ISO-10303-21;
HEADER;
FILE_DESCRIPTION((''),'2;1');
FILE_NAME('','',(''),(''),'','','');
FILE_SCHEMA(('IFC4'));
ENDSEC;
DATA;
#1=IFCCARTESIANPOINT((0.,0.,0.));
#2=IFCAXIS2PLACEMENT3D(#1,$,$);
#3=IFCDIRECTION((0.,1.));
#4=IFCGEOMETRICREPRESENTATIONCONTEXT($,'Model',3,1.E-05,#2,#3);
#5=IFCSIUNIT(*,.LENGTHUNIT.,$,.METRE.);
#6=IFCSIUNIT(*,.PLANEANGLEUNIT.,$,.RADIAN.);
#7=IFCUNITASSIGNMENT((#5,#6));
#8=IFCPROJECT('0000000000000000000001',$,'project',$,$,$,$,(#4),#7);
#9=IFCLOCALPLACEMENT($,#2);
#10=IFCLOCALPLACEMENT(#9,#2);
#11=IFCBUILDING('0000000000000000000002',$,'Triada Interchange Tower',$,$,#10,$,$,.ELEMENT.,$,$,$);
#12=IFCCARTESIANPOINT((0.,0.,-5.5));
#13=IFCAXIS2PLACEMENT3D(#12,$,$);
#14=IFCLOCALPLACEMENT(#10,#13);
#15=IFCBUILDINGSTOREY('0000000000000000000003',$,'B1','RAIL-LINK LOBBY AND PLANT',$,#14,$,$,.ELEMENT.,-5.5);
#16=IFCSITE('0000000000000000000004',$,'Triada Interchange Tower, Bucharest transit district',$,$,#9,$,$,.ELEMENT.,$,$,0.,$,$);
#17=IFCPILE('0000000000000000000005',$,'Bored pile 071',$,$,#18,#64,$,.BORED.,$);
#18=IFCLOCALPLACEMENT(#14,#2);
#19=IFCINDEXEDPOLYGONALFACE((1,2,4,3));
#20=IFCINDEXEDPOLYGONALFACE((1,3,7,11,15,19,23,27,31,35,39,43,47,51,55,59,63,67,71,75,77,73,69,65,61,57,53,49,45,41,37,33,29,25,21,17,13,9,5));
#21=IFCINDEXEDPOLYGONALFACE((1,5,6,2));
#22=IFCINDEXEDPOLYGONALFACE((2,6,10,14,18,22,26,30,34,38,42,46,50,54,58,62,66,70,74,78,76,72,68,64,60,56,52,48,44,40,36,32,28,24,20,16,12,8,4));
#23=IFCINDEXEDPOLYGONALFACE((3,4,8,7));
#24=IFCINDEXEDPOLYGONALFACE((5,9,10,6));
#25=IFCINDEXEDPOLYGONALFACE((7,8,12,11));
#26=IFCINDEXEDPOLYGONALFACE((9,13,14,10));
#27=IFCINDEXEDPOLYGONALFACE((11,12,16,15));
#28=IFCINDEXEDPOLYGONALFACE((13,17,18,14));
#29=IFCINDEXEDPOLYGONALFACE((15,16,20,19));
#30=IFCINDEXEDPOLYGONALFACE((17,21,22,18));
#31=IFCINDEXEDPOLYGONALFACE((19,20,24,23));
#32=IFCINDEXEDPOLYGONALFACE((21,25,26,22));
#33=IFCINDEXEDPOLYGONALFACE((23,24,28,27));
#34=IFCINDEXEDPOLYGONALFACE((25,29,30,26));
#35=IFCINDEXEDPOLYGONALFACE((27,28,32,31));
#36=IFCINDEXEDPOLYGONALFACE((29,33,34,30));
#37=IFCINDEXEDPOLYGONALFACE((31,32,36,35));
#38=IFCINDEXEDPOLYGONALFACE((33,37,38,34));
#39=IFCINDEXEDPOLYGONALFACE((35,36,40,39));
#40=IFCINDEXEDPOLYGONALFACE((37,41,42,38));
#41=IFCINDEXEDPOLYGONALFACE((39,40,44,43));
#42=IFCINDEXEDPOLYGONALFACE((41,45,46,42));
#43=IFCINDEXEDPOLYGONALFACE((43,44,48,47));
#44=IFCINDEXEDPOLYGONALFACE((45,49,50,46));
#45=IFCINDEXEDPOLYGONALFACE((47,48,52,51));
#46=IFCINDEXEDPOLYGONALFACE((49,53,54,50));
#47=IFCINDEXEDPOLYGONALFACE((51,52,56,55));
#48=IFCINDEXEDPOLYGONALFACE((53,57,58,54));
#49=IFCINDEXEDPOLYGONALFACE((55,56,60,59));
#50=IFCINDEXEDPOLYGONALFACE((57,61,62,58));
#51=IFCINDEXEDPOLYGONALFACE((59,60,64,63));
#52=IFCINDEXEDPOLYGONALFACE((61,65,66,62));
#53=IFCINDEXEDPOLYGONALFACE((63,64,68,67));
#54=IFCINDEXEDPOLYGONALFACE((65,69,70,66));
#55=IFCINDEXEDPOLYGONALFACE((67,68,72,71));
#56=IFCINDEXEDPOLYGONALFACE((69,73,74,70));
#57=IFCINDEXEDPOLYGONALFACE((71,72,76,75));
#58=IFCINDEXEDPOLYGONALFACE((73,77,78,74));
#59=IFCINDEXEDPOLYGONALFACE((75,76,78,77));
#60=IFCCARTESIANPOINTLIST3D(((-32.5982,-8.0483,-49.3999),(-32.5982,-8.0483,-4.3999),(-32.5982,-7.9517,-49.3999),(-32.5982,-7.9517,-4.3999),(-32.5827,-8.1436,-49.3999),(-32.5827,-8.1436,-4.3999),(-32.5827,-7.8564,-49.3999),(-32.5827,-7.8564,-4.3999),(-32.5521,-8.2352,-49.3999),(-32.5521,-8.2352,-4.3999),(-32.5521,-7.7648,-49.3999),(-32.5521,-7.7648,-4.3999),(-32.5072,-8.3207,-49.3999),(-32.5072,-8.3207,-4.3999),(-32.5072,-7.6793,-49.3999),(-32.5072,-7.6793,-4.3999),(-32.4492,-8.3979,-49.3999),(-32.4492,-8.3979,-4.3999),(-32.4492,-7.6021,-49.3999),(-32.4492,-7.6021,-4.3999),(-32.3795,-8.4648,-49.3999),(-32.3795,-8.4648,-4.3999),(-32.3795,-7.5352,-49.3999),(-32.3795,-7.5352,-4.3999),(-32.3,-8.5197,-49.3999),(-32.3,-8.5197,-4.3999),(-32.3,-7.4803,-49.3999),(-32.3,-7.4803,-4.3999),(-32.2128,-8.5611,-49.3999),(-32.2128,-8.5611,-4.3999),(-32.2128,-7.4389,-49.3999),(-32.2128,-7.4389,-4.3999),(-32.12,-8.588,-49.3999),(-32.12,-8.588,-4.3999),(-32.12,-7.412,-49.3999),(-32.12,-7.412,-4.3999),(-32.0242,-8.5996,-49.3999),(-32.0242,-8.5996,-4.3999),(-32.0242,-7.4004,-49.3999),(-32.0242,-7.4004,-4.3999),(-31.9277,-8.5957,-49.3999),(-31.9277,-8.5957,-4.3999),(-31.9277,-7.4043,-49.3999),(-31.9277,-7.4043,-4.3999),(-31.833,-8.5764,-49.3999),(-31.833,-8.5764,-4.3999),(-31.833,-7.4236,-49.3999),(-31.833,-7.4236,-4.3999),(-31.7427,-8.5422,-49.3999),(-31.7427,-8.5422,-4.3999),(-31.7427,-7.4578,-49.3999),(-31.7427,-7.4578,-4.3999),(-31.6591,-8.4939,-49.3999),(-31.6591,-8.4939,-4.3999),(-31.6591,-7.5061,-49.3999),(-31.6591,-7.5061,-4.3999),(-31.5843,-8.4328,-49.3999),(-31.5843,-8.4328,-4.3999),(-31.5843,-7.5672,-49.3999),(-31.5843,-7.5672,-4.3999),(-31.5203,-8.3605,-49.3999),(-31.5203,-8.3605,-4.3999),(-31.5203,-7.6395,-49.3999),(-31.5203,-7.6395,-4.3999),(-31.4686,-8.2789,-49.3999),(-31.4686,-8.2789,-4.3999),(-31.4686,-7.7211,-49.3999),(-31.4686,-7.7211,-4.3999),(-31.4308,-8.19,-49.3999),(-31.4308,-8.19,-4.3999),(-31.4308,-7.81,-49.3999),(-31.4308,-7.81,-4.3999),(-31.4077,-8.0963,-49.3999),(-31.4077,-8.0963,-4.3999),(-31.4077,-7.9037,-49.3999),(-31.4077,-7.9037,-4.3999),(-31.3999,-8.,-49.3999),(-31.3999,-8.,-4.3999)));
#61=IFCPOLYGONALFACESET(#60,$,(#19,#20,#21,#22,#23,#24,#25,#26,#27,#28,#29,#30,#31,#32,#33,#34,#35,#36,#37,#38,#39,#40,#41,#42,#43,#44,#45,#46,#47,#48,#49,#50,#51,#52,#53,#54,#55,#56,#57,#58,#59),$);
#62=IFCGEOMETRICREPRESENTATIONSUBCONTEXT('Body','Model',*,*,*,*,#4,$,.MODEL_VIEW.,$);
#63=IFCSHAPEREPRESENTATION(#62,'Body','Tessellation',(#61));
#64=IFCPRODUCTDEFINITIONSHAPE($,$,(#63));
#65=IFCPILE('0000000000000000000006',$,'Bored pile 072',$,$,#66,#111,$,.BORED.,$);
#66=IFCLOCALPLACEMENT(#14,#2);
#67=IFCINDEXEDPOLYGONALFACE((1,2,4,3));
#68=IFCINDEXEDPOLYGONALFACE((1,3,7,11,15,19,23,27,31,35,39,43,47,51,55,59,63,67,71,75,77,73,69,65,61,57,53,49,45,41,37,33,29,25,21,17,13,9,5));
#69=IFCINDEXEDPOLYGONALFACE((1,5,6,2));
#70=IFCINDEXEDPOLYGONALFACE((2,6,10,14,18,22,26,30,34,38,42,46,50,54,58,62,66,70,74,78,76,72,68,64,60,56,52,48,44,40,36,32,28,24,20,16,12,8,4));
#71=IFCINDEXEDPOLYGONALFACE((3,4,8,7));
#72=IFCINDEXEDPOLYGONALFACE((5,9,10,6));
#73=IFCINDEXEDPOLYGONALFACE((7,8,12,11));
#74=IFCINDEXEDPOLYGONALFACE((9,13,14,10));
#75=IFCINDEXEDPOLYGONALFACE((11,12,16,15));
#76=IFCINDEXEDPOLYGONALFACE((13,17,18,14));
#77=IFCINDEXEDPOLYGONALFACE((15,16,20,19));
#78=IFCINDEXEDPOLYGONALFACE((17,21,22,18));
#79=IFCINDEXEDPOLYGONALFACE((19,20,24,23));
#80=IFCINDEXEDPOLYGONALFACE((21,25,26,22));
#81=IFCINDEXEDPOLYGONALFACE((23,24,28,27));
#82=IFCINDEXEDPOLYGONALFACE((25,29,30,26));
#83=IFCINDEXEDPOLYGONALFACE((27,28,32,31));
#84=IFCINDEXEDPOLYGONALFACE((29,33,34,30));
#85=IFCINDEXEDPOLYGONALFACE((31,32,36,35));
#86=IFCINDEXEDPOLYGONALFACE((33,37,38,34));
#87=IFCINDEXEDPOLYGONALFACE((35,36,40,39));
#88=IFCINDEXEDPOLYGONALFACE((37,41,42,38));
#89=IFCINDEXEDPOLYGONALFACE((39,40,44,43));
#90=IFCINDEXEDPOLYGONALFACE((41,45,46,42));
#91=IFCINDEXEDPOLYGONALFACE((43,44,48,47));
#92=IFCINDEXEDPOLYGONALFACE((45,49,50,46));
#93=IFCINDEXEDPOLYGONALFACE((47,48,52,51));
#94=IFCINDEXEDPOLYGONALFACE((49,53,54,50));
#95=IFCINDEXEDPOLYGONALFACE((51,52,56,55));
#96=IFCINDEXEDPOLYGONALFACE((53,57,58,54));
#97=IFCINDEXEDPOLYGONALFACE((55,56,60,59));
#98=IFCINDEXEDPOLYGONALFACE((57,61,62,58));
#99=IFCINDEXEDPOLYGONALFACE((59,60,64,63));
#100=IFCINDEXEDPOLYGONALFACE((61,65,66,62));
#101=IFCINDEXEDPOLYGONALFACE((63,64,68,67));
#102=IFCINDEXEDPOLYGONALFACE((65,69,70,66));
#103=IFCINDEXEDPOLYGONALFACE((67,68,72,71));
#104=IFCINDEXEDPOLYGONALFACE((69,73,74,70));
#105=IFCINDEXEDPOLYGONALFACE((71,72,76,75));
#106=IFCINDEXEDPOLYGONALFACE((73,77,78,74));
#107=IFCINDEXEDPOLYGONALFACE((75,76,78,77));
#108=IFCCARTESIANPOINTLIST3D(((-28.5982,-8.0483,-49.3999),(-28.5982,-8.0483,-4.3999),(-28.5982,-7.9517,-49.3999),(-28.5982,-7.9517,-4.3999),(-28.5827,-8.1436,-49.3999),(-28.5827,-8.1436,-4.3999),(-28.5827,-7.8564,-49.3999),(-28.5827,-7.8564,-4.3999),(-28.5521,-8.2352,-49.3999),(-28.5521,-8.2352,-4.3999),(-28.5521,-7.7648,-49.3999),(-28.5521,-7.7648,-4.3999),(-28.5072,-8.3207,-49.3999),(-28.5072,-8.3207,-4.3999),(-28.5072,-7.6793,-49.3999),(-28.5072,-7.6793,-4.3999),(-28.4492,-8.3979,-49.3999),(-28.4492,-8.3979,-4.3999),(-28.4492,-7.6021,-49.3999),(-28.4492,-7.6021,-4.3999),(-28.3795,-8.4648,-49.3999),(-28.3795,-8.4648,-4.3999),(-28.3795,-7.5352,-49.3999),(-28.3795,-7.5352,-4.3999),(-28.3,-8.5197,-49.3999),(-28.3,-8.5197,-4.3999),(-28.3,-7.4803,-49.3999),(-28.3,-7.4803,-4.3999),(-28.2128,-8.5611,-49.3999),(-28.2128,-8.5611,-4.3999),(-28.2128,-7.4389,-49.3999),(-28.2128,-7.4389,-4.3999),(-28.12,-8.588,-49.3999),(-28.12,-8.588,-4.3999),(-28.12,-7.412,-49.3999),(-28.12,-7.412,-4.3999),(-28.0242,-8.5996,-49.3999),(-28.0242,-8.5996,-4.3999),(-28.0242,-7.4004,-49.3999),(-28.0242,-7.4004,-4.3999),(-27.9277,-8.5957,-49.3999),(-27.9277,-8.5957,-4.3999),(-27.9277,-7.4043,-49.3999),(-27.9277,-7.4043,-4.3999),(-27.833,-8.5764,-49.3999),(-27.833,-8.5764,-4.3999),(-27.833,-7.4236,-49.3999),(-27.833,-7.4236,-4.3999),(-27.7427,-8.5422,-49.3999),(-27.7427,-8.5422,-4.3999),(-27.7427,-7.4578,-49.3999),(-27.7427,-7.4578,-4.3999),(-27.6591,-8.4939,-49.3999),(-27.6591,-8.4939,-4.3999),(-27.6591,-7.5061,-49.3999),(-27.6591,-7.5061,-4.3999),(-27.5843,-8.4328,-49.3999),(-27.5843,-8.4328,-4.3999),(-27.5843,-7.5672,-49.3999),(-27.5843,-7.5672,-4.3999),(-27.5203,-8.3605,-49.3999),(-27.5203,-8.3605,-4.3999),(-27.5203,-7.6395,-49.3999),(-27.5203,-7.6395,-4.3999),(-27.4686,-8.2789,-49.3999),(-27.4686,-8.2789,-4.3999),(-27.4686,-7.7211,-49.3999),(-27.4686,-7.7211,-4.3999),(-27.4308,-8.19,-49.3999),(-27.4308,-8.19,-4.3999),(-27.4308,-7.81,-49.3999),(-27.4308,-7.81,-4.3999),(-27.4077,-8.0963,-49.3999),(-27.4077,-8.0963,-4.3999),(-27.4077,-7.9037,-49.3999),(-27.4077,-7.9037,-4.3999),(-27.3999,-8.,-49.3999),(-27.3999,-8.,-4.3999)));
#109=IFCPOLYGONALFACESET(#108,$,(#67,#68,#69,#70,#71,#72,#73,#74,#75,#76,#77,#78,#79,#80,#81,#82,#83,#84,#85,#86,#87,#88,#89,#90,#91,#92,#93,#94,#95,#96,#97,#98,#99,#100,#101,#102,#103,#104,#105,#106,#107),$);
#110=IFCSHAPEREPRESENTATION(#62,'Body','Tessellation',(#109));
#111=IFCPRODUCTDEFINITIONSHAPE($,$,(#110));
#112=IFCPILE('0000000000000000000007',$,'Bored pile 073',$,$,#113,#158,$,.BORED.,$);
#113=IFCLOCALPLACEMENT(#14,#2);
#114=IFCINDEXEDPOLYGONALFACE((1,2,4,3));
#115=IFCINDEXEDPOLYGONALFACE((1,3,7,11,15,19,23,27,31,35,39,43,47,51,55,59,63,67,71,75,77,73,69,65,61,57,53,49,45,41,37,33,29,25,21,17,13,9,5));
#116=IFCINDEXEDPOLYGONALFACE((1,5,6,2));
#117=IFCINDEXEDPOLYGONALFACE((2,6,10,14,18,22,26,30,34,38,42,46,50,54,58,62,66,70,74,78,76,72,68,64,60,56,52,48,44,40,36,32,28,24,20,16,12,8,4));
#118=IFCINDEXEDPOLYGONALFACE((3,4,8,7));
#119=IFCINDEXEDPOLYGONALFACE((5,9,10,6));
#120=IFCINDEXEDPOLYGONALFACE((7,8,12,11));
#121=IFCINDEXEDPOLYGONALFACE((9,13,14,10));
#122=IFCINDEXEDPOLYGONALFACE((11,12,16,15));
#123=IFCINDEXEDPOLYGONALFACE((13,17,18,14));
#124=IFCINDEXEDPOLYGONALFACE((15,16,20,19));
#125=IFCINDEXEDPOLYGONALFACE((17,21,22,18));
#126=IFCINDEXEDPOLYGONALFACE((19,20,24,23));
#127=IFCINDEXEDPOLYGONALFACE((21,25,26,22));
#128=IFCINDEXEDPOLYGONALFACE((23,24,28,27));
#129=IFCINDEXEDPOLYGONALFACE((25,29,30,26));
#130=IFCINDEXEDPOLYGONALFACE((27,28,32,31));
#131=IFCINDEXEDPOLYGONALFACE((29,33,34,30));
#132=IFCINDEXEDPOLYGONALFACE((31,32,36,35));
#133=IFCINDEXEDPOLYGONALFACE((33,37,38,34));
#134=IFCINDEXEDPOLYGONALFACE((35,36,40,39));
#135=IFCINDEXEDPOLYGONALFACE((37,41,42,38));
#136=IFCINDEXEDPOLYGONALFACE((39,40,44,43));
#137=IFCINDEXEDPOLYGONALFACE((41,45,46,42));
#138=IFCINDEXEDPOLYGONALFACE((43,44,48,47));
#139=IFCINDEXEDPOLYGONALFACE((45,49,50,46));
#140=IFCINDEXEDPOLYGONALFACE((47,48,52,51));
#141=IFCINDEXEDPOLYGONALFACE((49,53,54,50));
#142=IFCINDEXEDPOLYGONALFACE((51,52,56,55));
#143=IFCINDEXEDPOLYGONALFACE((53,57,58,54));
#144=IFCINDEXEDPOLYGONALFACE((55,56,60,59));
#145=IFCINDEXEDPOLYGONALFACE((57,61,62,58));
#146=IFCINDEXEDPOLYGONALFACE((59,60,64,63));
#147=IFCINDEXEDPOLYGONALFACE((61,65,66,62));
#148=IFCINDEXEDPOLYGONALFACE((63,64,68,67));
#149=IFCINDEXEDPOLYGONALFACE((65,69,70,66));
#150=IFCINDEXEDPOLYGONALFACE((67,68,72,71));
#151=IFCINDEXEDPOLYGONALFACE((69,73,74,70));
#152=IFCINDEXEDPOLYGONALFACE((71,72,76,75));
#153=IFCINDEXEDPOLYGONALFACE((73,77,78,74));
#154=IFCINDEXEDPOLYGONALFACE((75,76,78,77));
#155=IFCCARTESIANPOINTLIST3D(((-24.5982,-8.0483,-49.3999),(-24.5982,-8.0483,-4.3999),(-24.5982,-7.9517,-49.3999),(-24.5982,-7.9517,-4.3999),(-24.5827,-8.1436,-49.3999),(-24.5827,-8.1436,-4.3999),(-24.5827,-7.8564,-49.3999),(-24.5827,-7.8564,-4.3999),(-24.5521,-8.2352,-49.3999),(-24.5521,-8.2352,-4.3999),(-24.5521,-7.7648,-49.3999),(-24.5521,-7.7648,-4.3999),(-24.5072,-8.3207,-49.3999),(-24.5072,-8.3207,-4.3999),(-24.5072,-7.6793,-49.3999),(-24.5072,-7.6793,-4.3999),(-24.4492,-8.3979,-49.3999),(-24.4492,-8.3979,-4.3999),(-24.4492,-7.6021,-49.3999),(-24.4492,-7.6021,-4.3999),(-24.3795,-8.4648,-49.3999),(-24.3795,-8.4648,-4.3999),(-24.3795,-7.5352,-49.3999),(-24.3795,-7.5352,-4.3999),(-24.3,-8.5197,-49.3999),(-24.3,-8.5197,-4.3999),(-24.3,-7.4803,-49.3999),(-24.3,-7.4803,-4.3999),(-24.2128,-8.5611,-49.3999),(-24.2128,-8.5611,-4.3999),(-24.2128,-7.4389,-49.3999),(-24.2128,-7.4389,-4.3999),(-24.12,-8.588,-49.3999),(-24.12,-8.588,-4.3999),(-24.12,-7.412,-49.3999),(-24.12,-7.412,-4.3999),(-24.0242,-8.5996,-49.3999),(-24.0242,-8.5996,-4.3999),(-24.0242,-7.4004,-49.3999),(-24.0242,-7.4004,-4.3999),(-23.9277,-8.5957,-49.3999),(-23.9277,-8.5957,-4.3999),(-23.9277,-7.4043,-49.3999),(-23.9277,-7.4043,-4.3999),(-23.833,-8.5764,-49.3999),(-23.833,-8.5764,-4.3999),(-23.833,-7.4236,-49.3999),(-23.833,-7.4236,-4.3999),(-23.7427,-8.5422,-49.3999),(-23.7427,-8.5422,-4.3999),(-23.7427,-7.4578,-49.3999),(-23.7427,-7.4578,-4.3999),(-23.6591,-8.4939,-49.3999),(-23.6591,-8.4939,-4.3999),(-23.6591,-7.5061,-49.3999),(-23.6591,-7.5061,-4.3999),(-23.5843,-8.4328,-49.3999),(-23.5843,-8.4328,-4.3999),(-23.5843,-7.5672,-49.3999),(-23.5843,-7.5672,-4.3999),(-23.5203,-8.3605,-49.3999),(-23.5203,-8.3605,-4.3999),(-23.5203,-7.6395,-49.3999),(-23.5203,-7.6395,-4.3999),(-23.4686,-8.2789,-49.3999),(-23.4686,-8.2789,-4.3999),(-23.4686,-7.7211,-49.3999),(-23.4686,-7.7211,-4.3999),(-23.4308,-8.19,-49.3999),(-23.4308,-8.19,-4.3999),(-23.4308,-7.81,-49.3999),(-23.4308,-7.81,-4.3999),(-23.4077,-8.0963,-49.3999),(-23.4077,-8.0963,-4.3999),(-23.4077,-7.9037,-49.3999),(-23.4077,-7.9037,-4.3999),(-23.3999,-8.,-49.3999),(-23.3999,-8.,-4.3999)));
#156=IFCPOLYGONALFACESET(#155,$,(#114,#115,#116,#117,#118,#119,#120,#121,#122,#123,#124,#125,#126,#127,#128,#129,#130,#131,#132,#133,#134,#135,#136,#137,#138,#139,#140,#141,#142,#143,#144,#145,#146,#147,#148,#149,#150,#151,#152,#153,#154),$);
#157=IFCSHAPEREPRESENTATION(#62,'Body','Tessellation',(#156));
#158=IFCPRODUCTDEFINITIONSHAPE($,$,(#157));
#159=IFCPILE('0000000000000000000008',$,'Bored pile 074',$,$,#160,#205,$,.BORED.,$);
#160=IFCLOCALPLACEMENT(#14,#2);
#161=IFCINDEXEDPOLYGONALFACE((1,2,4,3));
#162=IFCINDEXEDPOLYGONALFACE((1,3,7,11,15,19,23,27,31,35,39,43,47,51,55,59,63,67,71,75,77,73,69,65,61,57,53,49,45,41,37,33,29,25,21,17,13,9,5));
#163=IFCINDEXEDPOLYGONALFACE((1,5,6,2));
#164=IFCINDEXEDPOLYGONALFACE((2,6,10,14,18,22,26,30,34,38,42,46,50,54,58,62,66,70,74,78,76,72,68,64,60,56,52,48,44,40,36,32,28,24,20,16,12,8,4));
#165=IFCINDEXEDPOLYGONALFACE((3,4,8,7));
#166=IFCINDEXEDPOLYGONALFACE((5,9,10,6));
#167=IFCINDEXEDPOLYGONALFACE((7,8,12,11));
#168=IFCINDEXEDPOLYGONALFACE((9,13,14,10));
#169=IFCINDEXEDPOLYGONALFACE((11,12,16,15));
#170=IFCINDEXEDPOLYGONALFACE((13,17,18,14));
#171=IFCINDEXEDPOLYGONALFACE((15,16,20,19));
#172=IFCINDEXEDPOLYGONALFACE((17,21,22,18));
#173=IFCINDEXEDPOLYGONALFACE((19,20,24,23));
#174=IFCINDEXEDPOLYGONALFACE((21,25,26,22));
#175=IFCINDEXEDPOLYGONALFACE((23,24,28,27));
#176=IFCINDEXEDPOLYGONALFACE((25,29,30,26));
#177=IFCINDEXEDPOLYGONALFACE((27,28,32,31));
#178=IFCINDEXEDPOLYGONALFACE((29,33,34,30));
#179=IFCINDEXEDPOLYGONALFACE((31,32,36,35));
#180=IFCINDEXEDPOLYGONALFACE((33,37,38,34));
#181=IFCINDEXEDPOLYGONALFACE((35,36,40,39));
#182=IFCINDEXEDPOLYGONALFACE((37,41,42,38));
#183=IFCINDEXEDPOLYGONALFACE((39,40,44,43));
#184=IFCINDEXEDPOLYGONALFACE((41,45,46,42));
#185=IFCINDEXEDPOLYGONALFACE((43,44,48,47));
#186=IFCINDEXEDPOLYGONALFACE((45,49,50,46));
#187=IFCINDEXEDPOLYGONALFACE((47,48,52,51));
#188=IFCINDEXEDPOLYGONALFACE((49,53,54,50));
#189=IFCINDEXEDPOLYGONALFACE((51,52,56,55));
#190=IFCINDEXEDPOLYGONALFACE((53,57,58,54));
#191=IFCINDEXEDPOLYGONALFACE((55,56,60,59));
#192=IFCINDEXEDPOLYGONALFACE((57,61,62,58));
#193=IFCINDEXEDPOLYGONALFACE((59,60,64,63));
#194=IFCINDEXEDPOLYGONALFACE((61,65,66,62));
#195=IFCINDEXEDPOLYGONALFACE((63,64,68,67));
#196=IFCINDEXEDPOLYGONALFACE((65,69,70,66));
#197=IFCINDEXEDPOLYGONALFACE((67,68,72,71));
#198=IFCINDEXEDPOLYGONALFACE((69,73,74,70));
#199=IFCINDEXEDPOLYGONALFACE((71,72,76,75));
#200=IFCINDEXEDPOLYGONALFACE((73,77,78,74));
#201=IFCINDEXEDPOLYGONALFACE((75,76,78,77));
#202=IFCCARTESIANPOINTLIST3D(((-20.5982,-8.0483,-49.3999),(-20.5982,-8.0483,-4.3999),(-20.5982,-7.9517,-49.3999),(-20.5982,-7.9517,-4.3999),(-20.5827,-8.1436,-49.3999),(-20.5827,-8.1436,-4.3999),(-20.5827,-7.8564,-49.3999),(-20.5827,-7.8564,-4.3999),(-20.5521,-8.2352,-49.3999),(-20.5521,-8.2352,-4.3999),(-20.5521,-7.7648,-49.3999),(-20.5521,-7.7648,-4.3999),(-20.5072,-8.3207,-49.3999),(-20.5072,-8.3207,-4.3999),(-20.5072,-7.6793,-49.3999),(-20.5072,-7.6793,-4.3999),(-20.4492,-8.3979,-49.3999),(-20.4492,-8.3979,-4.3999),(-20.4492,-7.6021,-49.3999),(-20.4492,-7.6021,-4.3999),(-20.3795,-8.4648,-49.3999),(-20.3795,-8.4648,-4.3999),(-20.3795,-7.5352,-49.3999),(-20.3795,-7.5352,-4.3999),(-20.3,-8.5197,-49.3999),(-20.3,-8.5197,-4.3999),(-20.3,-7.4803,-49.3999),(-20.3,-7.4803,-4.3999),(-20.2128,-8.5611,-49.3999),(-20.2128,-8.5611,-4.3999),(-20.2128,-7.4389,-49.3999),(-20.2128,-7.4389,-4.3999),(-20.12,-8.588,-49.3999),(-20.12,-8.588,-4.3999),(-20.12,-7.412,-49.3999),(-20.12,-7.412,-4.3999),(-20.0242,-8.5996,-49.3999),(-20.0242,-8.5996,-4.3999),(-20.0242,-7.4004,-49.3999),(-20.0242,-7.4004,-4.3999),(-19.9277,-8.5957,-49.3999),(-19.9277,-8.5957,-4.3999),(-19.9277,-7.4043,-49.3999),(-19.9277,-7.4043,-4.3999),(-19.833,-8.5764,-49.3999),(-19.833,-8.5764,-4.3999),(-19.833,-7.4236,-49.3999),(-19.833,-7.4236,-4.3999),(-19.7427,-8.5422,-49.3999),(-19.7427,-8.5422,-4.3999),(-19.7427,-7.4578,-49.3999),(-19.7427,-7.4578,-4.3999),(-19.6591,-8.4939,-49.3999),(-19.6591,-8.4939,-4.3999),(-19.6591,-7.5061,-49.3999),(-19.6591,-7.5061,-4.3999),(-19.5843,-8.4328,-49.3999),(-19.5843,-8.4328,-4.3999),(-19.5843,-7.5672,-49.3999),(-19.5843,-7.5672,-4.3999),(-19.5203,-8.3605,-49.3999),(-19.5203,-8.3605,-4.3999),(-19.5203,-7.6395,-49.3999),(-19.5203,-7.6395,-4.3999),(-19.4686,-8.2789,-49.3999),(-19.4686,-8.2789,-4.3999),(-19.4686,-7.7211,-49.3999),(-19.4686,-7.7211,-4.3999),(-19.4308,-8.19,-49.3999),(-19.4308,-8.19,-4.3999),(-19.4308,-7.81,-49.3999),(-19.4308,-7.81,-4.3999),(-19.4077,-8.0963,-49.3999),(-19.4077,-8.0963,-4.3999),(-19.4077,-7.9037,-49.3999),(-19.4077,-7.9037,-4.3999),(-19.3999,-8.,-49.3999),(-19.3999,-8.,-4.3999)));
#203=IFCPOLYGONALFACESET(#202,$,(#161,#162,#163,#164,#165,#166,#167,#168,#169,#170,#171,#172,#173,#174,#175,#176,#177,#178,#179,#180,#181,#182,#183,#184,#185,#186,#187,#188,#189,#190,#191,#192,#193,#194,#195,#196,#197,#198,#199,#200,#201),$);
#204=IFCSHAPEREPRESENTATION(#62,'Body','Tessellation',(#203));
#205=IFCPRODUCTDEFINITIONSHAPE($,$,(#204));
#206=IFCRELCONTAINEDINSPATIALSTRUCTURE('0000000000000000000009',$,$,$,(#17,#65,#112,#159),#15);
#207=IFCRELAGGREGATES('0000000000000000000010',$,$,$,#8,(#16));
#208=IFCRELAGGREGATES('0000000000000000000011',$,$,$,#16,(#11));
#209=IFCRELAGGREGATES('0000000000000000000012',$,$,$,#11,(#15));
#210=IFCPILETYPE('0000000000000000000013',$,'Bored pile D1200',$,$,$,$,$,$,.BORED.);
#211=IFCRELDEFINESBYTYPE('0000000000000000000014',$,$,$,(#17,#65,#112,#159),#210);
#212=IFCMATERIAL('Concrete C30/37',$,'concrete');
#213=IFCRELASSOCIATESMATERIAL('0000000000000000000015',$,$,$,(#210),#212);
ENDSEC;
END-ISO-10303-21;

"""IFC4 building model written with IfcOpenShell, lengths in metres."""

from ifc_helpers import new_model, si_unit, direction, frame, origin, origin_2d, place, context, subcontext, project, spatial, circle, extrude, material, material_profile, profile_set, type_object, element, save


model = new_model("IFC4")

# Units and contexts
model_context = context("Model", 3, precision=1e-05, world=origin(), true_north=direction((0.0, 1.0)))
body_context = subcontext(model_context, "Body", "Model", "MODEL_VIEW")
ifc_project = project(units=[si_unit("LENGTHUNIT", "METRE"), si_unit("PLANEANGLEUNIT", "RADIAN")], contexts=[model_context])

# Site, building, storey
site_placement = place(None, origin())
site = spatial("IfcSite", under=ifc_project, at=site_placement, Name="Triada Interchange Tower, Bucharest transit district", CompositionType="ELEMENT", RefElevation=0.0)
building_placement = place(site_placement, origin())
building = spatial("IfcBuilding", under=site, at=building_placement, Name="Triada Interchange Tower", CompositionType="ELEMENT")
storey_placement = place(building_placement, frame((0.0, 0.0, -5.5)))
storey = spatial("IfcBuildingStorey", under=building, at=storey_placement, Name="B1", Description="RAIL-LINK LOBBY AND PLANT", CompositionType="ELEMENT", Elevation=-5.5)

# Piles
ifc_material_1 = material(Name="Concrete C30/37", Category="concrete")
ifc_material_profile_1 = material_profile(ifc_material_1, circle(Radius=0.6001, at=origin_2d()), Name="RC D1200")
ifc_profile_set_1 = profile_set([ifc_material_profile_1], Name="Concrete C30/37")
pile_type = type_object("IfcPileType", Name="Bored pile D1200", PredefinedType="BORED", material=ifc_profile_set_1)
for number, where, z_axis, x_axis, name in (
    (1, (-32.0, -8.0, -4.3999), (0.0, 0.0, -1.0), (1.0, 0.0, 0.0), "Bored pile 071"),
    (2, (-28.0, -8.0, -4.3999), (0.0, 0.0, -1.0), (1.0, 0.0, 0.0), "Bored pile 072"),
    (3, (-24.0, -8.0, -4.3999), (0.0, 0.0, -1.0), (1.0, 0.0, 0.0), "Bored pile 073"),
    (4, (-20.0, -8.0, -4.3999), (0.0, 0.0, -1.0), (1.0, 0.0, 0.0), "Bored pile 074"),
):
    element("IfcPile", number, at=place(storey_placement, frame(where, z_axis=z_axis, x_axis=x_axis)), inside=storey, type_object=pile_type, Name=name, PredefinedType="BORED", context=body_context, shape_type="SweptSolid", body=[
        extrude(circle(Radius=0.6001, at=origin_2d()), origin(), (0.0, 0.0, 1.0), 45.0),
    ])

save(model, "model.ifc")
